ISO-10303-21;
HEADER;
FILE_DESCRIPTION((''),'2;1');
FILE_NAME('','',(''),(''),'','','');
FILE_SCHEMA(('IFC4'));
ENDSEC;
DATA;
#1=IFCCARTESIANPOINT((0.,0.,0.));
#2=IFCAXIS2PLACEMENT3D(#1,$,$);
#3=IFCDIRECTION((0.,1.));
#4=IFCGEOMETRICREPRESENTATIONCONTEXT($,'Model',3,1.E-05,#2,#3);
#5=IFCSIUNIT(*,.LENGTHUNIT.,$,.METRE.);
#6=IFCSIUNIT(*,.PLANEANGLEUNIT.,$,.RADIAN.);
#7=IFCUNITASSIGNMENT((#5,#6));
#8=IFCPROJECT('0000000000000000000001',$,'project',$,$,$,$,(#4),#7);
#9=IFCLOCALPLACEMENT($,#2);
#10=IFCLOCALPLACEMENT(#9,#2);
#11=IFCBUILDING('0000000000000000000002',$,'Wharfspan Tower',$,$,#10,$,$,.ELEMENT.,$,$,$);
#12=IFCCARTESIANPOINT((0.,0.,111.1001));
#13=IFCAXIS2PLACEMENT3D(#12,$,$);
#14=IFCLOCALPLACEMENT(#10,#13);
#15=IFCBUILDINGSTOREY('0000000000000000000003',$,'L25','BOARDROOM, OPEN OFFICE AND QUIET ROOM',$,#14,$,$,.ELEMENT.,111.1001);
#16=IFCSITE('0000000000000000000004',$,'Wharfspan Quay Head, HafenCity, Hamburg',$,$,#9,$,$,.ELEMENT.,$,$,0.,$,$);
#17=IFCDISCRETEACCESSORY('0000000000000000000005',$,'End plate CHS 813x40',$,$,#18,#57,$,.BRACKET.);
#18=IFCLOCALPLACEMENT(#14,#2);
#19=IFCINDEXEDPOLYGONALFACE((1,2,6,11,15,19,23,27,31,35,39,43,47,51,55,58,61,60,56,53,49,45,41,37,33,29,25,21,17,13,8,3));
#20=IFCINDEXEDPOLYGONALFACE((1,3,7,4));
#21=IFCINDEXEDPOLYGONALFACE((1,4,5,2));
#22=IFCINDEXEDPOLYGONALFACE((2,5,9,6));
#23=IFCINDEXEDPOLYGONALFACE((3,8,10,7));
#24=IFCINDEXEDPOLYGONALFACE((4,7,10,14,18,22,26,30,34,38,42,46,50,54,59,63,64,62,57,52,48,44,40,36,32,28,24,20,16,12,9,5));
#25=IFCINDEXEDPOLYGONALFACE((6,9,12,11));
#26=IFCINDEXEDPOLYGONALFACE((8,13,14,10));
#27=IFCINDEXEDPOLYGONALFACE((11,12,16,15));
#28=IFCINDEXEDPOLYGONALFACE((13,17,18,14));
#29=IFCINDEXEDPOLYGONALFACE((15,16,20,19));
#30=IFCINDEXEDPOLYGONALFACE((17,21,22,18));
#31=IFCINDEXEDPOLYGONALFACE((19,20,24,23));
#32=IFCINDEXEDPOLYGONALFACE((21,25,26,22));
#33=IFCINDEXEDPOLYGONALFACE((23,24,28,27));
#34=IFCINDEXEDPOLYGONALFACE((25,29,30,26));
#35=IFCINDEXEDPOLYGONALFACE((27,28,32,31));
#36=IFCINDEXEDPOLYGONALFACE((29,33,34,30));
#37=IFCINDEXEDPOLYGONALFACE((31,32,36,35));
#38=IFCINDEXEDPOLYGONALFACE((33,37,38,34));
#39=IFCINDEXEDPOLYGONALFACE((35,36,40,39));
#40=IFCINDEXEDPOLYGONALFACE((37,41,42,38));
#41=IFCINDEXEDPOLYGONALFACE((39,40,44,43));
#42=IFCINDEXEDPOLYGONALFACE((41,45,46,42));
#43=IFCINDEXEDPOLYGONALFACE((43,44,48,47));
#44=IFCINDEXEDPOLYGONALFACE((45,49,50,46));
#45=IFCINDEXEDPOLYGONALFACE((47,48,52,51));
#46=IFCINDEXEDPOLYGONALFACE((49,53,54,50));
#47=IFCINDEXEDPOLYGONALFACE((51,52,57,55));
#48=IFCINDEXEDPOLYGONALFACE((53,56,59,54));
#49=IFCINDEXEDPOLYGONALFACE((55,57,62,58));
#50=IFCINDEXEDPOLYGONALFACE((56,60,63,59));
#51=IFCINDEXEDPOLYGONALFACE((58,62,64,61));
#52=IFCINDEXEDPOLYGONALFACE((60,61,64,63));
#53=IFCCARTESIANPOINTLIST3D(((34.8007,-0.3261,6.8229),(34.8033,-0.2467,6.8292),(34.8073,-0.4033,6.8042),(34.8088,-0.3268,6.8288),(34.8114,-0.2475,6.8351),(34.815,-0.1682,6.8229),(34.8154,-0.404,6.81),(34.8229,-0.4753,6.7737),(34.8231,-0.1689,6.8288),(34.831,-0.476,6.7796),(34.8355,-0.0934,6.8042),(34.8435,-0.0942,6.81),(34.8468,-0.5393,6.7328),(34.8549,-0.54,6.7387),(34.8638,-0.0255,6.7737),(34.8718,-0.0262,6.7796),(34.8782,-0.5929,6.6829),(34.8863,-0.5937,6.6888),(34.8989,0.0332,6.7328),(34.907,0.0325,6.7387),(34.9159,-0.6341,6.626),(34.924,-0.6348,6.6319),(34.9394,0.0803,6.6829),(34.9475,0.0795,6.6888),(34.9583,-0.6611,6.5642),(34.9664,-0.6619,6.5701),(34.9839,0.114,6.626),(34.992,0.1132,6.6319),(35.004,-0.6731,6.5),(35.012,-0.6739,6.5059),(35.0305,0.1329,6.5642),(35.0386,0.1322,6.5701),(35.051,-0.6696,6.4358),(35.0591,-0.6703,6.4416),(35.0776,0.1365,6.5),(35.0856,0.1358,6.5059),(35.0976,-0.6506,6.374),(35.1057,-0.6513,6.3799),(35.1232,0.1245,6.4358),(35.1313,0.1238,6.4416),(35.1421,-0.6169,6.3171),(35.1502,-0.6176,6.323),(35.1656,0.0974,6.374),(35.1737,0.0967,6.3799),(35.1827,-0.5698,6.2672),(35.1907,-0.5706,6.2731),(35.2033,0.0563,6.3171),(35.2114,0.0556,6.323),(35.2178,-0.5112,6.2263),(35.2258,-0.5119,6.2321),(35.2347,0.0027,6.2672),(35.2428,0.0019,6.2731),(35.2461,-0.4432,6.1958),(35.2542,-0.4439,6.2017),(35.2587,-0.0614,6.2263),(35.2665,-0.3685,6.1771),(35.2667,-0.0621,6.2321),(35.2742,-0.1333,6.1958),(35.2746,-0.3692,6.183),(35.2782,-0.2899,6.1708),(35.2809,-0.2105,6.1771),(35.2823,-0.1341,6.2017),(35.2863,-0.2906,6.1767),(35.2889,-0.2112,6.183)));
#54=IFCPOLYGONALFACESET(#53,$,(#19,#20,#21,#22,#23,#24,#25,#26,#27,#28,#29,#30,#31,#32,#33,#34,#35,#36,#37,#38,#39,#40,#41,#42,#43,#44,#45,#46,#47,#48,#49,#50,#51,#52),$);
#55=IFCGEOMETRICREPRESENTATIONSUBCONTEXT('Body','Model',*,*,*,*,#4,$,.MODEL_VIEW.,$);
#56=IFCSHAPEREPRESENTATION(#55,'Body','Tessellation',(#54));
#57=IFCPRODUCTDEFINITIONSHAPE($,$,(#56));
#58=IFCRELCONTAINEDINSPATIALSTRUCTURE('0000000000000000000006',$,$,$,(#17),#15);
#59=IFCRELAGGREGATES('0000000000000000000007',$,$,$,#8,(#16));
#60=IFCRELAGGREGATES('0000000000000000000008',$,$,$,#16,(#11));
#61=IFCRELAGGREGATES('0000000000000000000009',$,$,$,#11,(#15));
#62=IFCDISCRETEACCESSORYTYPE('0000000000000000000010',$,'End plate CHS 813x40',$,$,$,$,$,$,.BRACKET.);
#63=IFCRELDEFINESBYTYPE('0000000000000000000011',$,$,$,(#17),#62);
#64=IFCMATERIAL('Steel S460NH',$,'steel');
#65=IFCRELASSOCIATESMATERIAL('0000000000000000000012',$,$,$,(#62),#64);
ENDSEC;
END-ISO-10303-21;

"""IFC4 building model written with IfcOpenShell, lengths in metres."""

from ifc_helpers import new_model, si_unit, direction, frame, origin, origin_2d, place, context, subcontext, project, spatial, circle, extrude, material, material_profile, profile_set, type_object, element, save


model = new_model("IFC4")

# Units and contexts
model_context = context("Model", 3, precision=1e-05, world=origin(), true_north=direction((0.0, 1.0)))
body_context = subcontext(model_context, "Body", "Model", "MODEL_VIEW")
ifc_project = project(units=[si_unit("LENGTHUNIT", "METRE"), si_unit("PLANEANGLEUNIT", "RADIAN")], contexts=[model_context])

# Site, building, storey
site_placement = place(None, origin())
site = spatial("IfcSite", under=ifc_project, at=site_placement, Name="Wharfspan Quay Head, HafenCity, Hamburg", CompositionType="ELEMENT", RefElevation=0.0)
building_placement = place(site_placement, origin())
building = spatial("IfcBuilding", under=site, at=building_placement, Name="Wharfspan Tower", CompositionType="ELEMENT")
storey_placement = place(building_placement, frame((0.0, 0.0, 111.1001)))
storey = spatial("IfcBuildingStorey", under=building, at=storey_placement, Name="L25", Description="BOARDROOM, OPEN OFFICE AND QUIET ROOM", CompositionType="ELEMENT", Elevation=111.1001)

# Shared definitions
ifc_material_1 = material(Name="Steel S460NH", Category="steel")

# Discrete accessory
ifc_material_profile_1 = material_profile(ifc_material_1, circle(Radius=0.4065, at=origin_2d()))
ifc_profile_set_1 = profile_set([ifc_material_profile_1], Name="Steel S460NH")
discrete_accessory_type = type_object("IfcDiscreteAccessoryType", Name="End plate CHS 813x40", PredefinedType="BRACKET", material=ifc_profile_set_1)
discrete_accessory_placement = place(storey_placement, frame((35.0408, -0.2683, 6.5), z_axis=(0.806559, -0.073324, 0.586588), x_axis=(0.090536, 0.99589, 0.0)))
element("IfcDiscreteAccessory", 1, at=discrete_accessory_placement, inside=storey, type_object=discrete_accessory_type, Name="End plate CHS 813x40", PredefinedType="BRACKET", context=body_context, shape_type="SweptSolid", body=[
    extrude(circle(Radius=0.4065, at=origin_2d()), origin(), (0.0, 0.0, 1.0), 0.01),
])

save(model, "model.ifc")
